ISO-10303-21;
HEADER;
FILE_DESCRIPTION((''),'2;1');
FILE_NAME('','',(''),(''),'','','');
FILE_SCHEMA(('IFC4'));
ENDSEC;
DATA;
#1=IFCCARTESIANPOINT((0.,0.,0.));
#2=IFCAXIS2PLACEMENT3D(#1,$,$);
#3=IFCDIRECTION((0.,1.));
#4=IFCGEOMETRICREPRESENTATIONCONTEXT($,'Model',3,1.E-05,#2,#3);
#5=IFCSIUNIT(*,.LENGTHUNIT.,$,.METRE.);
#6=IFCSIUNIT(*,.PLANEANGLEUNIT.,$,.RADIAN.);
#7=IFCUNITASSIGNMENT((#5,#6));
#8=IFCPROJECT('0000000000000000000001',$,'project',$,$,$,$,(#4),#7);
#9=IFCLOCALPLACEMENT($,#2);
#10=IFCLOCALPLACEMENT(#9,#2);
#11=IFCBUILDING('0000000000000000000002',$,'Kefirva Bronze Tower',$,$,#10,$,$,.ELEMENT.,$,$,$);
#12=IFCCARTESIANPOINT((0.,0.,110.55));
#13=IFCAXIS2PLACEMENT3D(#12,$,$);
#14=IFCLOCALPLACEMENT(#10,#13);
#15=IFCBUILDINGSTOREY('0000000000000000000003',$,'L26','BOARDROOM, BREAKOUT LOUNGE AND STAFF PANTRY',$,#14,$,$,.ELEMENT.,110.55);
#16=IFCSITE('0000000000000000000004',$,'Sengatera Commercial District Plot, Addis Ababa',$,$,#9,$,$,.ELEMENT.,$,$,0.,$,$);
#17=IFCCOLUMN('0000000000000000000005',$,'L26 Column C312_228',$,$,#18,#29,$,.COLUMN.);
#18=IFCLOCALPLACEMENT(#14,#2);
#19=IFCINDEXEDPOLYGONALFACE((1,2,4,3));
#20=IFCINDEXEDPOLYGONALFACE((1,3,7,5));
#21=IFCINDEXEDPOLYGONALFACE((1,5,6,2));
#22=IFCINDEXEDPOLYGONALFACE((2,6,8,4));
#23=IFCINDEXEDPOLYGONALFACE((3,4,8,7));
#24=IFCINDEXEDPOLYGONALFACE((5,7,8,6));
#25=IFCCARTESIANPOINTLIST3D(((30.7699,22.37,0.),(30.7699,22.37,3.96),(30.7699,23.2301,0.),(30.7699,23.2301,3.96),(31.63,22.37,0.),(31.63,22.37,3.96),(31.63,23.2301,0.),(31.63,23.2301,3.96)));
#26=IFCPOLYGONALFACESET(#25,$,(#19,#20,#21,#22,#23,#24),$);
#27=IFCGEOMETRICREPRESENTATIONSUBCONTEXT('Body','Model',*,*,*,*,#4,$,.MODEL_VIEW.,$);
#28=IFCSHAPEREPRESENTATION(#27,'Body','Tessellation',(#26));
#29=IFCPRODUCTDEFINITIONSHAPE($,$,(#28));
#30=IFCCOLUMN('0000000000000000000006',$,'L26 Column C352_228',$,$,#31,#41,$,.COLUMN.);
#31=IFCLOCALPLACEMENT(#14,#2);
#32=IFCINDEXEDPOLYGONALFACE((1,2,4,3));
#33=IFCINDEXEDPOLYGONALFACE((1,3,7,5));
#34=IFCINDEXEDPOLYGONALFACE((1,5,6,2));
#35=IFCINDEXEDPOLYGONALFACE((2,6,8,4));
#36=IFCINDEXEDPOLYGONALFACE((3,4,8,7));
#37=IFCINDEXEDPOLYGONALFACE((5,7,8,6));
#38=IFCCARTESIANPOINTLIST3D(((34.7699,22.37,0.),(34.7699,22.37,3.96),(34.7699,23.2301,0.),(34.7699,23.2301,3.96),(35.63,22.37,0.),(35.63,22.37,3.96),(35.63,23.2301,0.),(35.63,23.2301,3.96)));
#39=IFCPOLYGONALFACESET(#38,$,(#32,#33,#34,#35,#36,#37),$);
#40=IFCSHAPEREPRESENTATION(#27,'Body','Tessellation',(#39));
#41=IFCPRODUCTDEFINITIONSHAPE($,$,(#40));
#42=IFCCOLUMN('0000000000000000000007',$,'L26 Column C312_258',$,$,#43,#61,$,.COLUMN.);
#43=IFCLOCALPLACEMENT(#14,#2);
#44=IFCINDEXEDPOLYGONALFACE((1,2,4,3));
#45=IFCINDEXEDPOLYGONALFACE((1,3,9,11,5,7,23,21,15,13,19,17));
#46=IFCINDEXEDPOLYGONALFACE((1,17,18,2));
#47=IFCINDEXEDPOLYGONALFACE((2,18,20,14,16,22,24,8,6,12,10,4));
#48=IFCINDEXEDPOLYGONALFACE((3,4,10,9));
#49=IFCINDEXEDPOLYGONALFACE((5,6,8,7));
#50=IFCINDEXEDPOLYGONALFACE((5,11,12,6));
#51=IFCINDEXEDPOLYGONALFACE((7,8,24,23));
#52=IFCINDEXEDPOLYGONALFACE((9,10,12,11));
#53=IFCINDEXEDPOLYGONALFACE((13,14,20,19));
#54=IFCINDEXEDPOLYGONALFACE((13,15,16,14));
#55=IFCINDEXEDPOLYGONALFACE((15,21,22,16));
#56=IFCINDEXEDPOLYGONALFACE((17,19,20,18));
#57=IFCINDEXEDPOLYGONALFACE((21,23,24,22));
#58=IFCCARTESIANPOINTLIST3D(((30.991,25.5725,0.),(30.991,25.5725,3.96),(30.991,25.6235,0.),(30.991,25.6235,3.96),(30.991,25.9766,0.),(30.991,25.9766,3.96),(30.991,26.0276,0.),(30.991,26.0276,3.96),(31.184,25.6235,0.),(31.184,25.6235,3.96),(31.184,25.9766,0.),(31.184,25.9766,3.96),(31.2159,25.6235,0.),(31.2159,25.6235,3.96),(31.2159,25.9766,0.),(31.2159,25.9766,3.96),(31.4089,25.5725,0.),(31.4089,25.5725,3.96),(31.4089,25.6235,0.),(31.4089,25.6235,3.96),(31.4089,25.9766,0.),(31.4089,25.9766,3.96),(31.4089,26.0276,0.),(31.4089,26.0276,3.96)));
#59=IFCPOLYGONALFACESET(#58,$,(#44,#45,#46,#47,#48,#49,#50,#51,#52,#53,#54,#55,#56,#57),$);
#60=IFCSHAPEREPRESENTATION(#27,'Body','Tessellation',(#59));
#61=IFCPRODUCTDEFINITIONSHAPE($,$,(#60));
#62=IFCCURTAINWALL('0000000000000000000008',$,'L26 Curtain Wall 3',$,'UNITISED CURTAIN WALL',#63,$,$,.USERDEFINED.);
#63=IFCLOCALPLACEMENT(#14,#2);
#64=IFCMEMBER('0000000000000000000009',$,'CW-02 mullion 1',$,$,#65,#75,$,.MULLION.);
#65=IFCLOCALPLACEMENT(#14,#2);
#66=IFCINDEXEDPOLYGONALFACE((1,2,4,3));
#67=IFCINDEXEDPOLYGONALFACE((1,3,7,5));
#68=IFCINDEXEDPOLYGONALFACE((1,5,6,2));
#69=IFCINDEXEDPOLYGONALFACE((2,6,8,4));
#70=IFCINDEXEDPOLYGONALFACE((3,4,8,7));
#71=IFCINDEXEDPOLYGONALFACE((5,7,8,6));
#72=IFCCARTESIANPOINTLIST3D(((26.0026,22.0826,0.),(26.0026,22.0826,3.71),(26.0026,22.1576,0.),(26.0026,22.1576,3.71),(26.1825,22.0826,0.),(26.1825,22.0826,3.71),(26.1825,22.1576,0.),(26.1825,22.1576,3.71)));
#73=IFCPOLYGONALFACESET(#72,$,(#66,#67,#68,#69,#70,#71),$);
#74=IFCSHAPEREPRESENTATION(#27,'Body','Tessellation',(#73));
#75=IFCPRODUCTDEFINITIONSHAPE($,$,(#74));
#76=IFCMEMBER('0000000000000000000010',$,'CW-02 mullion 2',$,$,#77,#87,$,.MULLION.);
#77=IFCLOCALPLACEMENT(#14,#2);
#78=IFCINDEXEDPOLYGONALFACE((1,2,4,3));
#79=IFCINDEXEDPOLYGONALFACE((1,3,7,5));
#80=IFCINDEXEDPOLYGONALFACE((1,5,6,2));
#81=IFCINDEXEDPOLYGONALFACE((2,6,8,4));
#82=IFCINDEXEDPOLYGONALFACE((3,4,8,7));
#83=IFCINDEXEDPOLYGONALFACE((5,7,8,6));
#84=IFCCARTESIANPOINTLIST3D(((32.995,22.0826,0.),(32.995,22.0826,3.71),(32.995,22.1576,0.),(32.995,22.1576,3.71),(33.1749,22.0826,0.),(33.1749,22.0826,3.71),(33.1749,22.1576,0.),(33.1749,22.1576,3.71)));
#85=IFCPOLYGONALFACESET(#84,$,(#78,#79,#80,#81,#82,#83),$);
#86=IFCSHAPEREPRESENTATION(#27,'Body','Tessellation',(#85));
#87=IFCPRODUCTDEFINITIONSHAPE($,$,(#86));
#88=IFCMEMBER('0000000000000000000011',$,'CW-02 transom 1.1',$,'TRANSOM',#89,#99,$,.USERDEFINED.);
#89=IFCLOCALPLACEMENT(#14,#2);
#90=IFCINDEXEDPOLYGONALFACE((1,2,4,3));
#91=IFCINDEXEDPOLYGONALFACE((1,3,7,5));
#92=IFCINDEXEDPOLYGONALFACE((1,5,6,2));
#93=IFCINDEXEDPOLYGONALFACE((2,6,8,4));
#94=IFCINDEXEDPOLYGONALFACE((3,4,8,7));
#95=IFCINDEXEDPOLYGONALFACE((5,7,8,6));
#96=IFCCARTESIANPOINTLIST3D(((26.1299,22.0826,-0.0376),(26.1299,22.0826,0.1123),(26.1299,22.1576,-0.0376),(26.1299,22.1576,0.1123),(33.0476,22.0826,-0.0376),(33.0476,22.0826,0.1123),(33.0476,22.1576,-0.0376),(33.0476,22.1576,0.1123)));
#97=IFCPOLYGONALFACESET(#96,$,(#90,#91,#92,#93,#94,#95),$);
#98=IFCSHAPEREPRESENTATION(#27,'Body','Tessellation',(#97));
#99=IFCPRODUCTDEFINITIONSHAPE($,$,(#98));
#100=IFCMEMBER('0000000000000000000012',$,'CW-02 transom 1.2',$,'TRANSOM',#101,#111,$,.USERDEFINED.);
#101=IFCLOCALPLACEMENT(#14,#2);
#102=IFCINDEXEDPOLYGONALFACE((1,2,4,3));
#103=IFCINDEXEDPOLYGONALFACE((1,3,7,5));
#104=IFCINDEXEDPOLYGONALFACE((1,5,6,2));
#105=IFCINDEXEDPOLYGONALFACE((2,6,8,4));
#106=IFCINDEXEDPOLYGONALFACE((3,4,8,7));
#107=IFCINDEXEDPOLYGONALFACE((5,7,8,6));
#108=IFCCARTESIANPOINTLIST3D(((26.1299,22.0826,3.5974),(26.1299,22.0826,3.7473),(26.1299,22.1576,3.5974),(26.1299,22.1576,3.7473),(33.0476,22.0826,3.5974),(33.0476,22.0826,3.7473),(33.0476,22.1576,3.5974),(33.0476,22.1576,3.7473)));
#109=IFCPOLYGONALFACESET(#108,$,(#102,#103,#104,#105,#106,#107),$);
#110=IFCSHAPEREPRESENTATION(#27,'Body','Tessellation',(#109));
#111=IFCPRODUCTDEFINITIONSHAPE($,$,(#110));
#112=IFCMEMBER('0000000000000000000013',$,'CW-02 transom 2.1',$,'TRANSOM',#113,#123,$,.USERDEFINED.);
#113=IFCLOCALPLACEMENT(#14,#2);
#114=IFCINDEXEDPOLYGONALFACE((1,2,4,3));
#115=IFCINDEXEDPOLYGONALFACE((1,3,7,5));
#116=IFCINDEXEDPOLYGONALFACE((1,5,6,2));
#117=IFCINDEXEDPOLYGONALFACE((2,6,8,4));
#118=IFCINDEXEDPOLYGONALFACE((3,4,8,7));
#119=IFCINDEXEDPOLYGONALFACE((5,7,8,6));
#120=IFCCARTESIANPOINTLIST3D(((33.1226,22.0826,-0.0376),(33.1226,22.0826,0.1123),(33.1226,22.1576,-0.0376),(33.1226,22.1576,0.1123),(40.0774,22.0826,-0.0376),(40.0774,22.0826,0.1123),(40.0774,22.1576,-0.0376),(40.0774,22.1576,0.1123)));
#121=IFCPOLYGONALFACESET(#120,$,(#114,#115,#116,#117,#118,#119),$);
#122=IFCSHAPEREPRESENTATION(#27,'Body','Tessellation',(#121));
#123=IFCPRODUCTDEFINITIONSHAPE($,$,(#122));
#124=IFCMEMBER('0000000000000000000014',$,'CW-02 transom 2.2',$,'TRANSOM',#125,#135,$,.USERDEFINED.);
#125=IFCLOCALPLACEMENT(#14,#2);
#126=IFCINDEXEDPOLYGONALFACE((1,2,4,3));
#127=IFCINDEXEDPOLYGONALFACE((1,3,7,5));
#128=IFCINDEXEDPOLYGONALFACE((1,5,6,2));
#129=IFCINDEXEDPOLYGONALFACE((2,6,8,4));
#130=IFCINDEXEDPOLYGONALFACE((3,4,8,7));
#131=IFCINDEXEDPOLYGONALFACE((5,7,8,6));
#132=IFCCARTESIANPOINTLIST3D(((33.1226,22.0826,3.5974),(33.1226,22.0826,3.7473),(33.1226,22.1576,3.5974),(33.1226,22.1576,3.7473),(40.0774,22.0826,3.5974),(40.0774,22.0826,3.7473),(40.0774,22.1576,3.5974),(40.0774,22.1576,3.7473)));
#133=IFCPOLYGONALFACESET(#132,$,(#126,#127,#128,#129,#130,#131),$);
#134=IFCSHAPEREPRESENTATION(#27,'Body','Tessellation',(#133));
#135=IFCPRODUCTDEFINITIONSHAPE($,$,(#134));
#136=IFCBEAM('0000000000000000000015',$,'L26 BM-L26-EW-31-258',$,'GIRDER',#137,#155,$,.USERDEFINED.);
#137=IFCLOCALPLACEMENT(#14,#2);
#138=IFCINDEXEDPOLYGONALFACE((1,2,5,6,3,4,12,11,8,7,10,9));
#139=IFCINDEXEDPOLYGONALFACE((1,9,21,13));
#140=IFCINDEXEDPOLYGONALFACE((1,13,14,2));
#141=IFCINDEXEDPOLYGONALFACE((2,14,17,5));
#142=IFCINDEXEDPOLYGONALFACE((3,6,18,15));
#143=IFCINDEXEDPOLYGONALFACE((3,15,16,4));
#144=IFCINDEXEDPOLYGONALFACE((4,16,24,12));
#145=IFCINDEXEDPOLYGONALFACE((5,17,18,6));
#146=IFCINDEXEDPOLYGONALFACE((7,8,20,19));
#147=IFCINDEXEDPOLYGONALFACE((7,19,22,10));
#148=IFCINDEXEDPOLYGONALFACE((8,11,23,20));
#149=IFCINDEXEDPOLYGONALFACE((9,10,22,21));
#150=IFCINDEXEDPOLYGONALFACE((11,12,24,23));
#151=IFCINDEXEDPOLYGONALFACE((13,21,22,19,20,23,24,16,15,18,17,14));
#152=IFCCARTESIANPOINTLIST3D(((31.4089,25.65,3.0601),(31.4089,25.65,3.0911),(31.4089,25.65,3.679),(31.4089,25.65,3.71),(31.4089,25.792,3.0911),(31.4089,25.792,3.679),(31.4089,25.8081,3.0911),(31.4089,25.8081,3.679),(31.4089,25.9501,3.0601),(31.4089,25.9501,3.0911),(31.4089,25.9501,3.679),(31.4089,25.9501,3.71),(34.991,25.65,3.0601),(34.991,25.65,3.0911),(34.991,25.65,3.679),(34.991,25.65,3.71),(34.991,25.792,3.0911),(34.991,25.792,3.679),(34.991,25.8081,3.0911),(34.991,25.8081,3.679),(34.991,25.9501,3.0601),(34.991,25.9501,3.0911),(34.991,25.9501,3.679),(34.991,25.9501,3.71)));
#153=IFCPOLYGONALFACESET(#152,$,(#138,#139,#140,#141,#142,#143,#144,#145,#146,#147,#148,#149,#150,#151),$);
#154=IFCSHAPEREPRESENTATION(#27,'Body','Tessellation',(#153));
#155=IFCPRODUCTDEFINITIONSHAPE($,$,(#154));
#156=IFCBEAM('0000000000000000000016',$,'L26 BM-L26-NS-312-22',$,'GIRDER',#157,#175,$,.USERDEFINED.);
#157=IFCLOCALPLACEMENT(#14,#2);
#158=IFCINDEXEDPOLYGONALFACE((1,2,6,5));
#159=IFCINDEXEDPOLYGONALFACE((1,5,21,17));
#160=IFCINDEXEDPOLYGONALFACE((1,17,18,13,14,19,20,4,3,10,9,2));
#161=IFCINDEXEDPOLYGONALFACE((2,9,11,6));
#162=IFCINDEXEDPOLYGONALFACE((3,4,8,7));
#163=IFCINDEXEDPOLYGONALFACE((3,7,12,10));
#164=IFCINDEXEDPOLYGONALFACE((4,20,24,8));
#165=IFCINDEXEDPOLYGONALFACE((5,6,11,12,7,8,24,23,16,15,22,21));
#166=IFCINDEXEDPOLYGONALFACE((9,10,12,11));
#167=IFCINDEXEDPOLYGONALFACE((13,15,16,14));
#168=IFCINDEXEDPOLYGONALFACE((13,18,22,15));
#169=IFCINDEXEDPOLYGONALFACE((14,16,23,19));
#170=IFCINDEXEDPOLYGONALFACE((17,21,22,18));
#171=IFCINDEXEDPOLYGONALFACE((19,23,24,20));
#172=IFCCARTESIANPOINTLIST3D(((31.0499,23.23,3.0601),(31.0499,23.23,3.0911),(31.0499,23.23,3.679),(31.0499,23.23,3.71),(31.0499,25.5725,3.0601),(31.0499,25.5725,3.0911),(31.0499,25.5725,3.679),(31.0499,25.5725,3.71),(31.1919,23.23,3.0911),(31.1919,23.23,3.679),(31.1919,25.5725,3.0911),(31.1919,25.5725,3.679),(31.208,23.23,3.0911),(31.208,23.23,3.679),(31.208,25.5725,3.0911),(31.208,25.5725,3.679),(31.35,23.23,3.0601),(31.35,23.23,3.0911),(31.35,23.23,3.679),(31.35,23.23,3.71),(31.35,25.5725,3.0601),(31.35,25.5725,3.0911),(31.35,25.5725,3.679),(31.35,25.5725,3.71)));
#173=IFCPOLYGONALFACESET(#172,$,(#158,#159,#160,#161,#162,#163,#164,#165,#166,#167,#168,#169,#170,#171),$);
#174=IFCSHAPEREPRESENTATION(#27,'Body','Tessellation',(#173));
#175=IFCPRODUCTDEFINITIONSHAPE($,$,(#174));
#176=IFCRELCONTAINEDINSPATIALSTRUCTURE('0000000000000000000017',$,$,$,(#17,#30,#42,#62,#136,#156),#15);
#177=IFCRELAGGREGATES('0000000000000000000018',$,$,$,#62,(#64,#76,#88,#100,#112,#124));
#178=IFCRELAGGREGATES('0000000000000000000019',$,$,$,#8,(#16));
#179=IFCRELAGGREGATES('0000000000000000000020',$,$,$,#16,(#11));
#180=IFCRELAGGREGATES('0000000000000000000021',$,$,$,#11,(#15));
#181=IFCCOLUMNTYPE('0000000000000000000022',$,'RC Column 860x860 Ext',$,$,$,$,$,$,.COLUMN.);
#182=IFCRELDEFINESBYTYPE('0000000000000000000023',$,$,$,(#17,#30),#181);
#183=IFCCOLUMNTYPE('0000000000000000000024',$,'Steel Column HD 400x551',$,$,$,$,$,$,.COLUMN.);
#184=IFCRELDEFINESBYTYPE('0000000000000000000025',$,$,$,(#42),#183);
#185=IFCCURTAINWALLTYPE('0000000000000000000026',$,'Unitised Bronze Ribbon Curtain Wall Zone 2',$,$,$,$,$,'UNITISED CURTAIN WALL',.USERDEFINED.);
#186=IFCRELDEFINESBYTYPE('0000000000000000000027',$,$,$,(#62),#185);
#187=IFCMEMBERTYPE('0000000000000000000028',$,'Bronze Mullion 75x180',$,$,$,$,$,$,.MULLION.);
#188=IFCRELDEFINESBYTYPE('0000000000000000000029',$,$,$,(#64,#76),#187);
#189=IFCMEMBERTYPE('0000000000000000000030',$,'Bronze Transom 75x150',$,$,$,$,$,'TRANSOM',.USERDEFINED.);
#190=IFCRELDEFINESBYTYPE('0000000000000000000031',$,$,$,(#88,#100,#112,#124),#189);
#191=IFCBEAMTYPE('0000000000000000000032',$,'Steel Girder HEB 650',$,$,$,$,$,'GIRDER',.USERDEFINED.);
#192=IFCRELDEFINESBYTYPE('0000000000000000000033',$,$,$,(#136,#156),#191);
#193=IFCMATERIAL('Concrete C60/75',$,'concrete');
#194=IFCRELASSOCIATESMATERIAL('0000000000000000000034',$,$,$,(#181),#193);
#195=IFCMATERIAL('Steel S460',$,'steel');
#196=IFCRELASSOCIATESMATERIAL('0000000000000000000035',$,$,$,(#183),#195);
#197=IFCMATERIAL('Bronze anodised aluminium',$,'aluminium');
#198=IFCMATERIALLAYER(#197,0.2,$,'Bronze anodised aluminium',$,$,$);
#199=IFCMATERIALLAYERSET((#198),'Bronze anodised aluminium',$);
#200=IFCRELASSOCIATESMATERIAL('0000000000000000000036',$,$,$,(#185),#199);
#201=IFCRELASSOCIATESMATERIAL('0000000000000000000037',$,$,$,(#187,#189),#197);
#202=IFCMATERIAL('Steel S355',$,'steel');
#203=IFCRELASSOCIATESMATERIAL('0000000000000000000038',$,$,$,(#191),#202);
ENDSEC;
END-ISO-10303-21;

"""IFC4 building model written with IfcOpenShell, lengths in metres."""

from ifc_helpers import new_model, si_unit, direction, frame, origin, origin_2d, place, context, subcontext, project, spatial, rectangle, i_section, extrude, material, layer, layer_set, material_profile, profile_set, type_object, element, aggregate, save


model = new_model("IFC4")

# Units and contexts
model_context = context("Model", 3, precision=1e-05, world=origin(), true_north=direction((0.0, 1.0)))
body_context = subcontext(model_context, "Body", "Model", "MODEL_VIEW")
ifc_project = project(units=[si_unit("LENGTHUNIT", "METRE"), si_unit("PLANEANGLEUNIT", "RADIAN")], contexts=[model_context])

# Site, building, storey
site_placement = place(None, origin())
site = spatial("IfcSite", under=ifc_project, at=site_placement, Name="Sengatera Commercial District Plot, Addis Ababa", CompositionType="ELEMENT", RefElevation=0.0)
building_placement = place(site_placement, origin())
building = spatial("IfcBuilding", under=site, at=building_placement, Name="Kefirva Bronze Tower", CompositionType="ELEMENT")
storey_placement = place(building_placement, frame((0.0, 0.0, 110.55)))
storey = spatial("IfcBuildingStorey", under=building, at=storey_placement, Name="L26", Description="BOARDROOM, BREAKOUT LOUNGE AND STAFF PANTRY", CompositionType="ELEMENT", Elevation=110.55)

# Columns
ifc_material_1 = material(Name="Concrete C60/75", Category="concrete")
ifc_material_profile_1 = material_profile(ifc_material_1, rectangle(XDim=0.8601, YDim=0.8601, at=origin_2d()), Name="RC 860x860")
ifc_profile_set_1 = profile_set([ifc_material_profile_1], Name="Concrete C60/75")
column_type_1 = type_object("IfcColumnType", Name="RC Column 860x860 Ext", PredefinedType="COLUMN", material=ifc_profile_set_1)
for number, where, z_axis, x_axis, name in (
    (1, (31.2, 22.8, 0.0), (0.0, 0.0, 1.0), (1.0, 0.0, 0.0), "L26 Column C312_228"),
    (2, (35.2, 22.8, 0.0), (0.0, 0.0, 1.0), (1.0, 0.0, 0.0), "L26 Column C352_228"),
):
    element("IfcColumn", number, at=place(storey_placement, frame(where, z_axis=z_axis, x_axis=x_axis)), inside=storey, type_object=column_type_1, Name=name, PredefinedType="COLUMN", context=body_context, shape_type="SweptSolid", body=[
        extrude(rectangle(XDim=0.8601, YDim=0.8601, at=origin_2d()), origin(), (0.0, 0.0, 1.0), 3.96),
    ])
ifc_material_2 = material(Name="Steel S460", Category="steel")
ifc_material_profile_2 = material_profile(ifc_material_2, i_section(OverallWidth=0.418, OverallDepth=0.4551, WebThickness=0.032, FlangeThickness=0.051, at=origin_2d()), Name="HD 400x551")
ifc_profile_set_2 = profile_set([ifc_material_profile_2], Name="Steel S460")
column_type_2 = type_object("IfcColumnType", Name="Steel Column HD 400x551", PredefinedType="COLUMN", material=ifc_profile_set_2)
column_placement = place(storey_placement, frame((31.2, 25.8, 0.0), z_axis=(0.0, 0.0, 1.0), x_axis=(1.0, 0.0, 0.0)))
element("IfcColumn", 3, at=column_placement, inside=storey, type_object=column_type_2, Name="L26 Column C312_258", PredefinedType="COLUMN", context=body_context, shape_type="SweptSolid", body=[
    extrude(i_section(OverallWidth=0.418, OverallDepth=0.4551, WebThickness=0.032, FlangeThickness=0.051, at=origin_2d()), origin(), (0.0, 0.0, 1.0), 3.96),
])

# Curtain wall, members
ifc_material_3 = material(Name="Bronze anodised aluminium", Category="aluminium")
ifc_layer_1 = layer(ifc_material_3, 0.2, Name="Bronze anodised aluminium")
ifc_layer_set_1 = layer_set([ifc_layer_1], Name="Bronze anodised aluminium")
curtain_wall_type = type_object("IfcCurtainWallType", Name="Unitised Bronze Ribbon Curtain Wall Zone 2", ElementType="UNITISED CURTAIN WALL", PredefinedType="USERDEFINED", material=ifc_layer_set_1)
curtain_wall_placement = place(storey_placement, origin())
curtain_wall = element("IfcCurtainWall", 4, at=curtain_wall_placement, inside=storey, type_object=curtain_wall_type, Name="L26 Curtain Wall 3", ObjectType="UNITISED CURTAIN WALL", PredefinedType="USERDEFINED")
ifc_material_profile_3 = material_profile(ifc_material_3, rectangle(XDim=0.075, YDim=0.1799, at=origin_2d()), Name="ALU 75x180")
ifc_profile_set_3 = profile_set([ifc_material_profile_3], Name="Bronze anodised aluminium")
member_type_1 = type_object("IfcMemberType", Name="Bronze Mullion 75x180", PredefinedType="MULLION", material=ifc_profile_set_3)
member_1_placement = place(storey_placement, frame((26.0925, 22.1201, 0.0), z_axis=(0.0, 0.0, 1.0), x_axis=(0.0, 1.0, 0.0)))
member_1 = element("IfcMember", 5, at=member_1_placement, type_object=member_type_1, Name="CW-02 mullion 1", PredefinedType="MULLION", context=body_context, shape_type="SweptSolid", body=[
    extrude(rectangle(XDim=0.075, YDim=0.1799, at=origin_2d()), origin(), (0.0, 0.0, 1.0), 3.71),
])
member_2_placement = place(storey_placement, frame((33.085, 22.1201, 0.0), z_axis=(0.0, 0.0, 1.0), x_axis=(0.0, 1.0, 0.0)))
member_2 = element("IfcMember", 6, at=member_2_placement, type_object=member_type_1, Name="CW-02 mullion 2", PredefinedType="MULLION", context=body_context, shape_type="SweptSolid", body=[
    extrude(rectangle(XDim=0.075, YDim=0.1799, at=origin_2d()), origin(), (0.0, 0.0, 1.0), 3.71),
])
ifc_material_profile_4 = material_profile(ifc_material_3, rectangle(XDim=0.075, YDim=0.1499, at=origin_2d()), Name="ALU 75x150")
ifc_profile_set_4 = profile_set([ifc_material_profile_4], Name="Bronze anodised aluminium")
member_type_2 = type_object("IfcMemberType", Name="Bronze Transom 75x150", ElementType="TRANSOM", PredefinedType="USERDEFINED", material=ifc_profile_set_4)
member_3_placement = place(storey_placement, frame((26.1299, 22.1201, 0.0374), z_axis=(1.0, 0.0, 0.0), x_axis=(0.0, 1.0, 0.0)))
member_3 = element("IfcMember", 7, at=member_3_placement, type_object=member_type_2, Name="CW-02 transom 1.1", ObjectType="TRANSOM", PredefinedType="USERDEFINED", context=body_context, shape_type="SweptSolid", body=[
    extrude(rectangle(XDim=0.075, YDim=0.1499, at=origin_2d()), origin(), (0.0, 0.0, 1.0), 6.9177),
])
member_4_placement = place(storey_placement, frame((26.1299, 22.1201, 3.6724), z_axis=(1.0, 0.0, 0.0), x_axis=(0.0, 1.0, 0.0)))
member_4 = element("IfcMember", 8, at=member_4_placement, type_object=member_type_2, Name="CW-02 transom 1.2", ObjectType="TRANSOM", PredefinedType="USERDEFINED", context=body_context, shape_type="SweptSolid", body=[
    extrude(rectangle(XDim=0.075, YDim=0.1499, at=origin_2d()), origin(), (0.0, 0.0, 1.0), 6.9177),
])
member_5_placement = place(storey_placement, frame((33.1226, 22.1201, 0.0374), z_axis=(1.0, 0.0, 0.0), x_axis=(0.0, 1.0, 0.0)))
member_5 = element("IfcMember", 9, at=member_5_placement, type_object=member_type_2, Name="CW-02 transom 2.1", ObjectType="TRANSOM", PredefinedType="USERDEFINED", context=body_context, shape_type="SweptSolid", body=[
    extrude(rectangle(XDim=0.075, YDim=0.1499, at=origin_2d()), origin(), (0.0, 0.0, 1.0), 6.9548),
])
member_6_placement = place(storey_placement, frame((33.1226, 22.1201, 3.6724), z_axis=(1.0, 0.0, 0.0), x_axis=(0.0, 1.0, 0.0)))
member_6 = element("IfcMember", 10, at=member_6_placement, type_object=member_type_2, Name="CW-02 transom 2.2", ObjectType="TRANSOM", PredefinedType="USERDEFINED", context=body_context, shape_type="SweptSolid", body=[
    extrude(rectangle(XDim=0.075, YDim=0.1499, at=origin_2d()), origin(), (0.0, 0.0, 1.0), 6.9548),
])

# Beams
ifc_material_4 = material(Name="Steel S355", Category="steel")
ifc_material_profile_5 = material_profile(ifc_material_4, i_section(OverallWidth=0.3, OverallDepth=0.6499, WebThickness=0.0161, FlangeThickness=0.031, at=origin_2d()), Name="HEB 650")
ifc_profile_set_5 = profile_set([ifc_material_profile_5], Name="Steel S355")
beam_type_1 = type_object("IfcBeamType", Name="Steel Girder HEB 650", ElementType="GIRDER", PredefinedType="USERDEFINED", material=ifc_profile_set_5)
beam_1_placement = place(storey_placement, frame((31.4089, 25.8, 3.385), z_axis=(1.0, 0.0, 0.0), x_axis=(0.0, 1.0, 0.0)))
element("IfcBeam", 11, at=beam_1_placement, inside=storey, type_object=beam_type_1, Name="L26 BM-L26-EW-31-258", ObjectType="GIRDER", PredefinedType="USERDEFINED", context=body_context, shape_type="SweptSolid", body=[
    extrude(i_section(OverallWidth=0.3, OverallDepth=0.6499, WebThickness=0.0161, FlangeThickness=0.031, at=origin_2d()), origin(), (0.0, 0.0, 1.0), 3.582),
])
beam_2_placement = place(storey_placement, frame((31.2, 23.23, 3.385), z_axis=(0.0, 1.0, 0.0), x_axis=(-1.0, 0.0, 0.0)))
element("IfcBeam", 12, at=beam_2_placement, inside=storey, type_object=beam_type_1, Name="L26 BM-L26-NS-312-22", ObjectType="GIRDER", PredefinedType="USERDEFINED", context=body_context, shape_type="SweptSolid", body=[
    extrude(i_section(OverallWidth=0.3, OverallDepth=0.6499, WebThickness=0.0161, FlangeThickness=0.031, at=origin_2d()), origin(), (0.0, 0.0, 1.0), 2.3425),
])

aggregate(curtain_wall, [member_1, member_2, member_3, member_4, member_5, member_6])

save(model, "model.ifc")
